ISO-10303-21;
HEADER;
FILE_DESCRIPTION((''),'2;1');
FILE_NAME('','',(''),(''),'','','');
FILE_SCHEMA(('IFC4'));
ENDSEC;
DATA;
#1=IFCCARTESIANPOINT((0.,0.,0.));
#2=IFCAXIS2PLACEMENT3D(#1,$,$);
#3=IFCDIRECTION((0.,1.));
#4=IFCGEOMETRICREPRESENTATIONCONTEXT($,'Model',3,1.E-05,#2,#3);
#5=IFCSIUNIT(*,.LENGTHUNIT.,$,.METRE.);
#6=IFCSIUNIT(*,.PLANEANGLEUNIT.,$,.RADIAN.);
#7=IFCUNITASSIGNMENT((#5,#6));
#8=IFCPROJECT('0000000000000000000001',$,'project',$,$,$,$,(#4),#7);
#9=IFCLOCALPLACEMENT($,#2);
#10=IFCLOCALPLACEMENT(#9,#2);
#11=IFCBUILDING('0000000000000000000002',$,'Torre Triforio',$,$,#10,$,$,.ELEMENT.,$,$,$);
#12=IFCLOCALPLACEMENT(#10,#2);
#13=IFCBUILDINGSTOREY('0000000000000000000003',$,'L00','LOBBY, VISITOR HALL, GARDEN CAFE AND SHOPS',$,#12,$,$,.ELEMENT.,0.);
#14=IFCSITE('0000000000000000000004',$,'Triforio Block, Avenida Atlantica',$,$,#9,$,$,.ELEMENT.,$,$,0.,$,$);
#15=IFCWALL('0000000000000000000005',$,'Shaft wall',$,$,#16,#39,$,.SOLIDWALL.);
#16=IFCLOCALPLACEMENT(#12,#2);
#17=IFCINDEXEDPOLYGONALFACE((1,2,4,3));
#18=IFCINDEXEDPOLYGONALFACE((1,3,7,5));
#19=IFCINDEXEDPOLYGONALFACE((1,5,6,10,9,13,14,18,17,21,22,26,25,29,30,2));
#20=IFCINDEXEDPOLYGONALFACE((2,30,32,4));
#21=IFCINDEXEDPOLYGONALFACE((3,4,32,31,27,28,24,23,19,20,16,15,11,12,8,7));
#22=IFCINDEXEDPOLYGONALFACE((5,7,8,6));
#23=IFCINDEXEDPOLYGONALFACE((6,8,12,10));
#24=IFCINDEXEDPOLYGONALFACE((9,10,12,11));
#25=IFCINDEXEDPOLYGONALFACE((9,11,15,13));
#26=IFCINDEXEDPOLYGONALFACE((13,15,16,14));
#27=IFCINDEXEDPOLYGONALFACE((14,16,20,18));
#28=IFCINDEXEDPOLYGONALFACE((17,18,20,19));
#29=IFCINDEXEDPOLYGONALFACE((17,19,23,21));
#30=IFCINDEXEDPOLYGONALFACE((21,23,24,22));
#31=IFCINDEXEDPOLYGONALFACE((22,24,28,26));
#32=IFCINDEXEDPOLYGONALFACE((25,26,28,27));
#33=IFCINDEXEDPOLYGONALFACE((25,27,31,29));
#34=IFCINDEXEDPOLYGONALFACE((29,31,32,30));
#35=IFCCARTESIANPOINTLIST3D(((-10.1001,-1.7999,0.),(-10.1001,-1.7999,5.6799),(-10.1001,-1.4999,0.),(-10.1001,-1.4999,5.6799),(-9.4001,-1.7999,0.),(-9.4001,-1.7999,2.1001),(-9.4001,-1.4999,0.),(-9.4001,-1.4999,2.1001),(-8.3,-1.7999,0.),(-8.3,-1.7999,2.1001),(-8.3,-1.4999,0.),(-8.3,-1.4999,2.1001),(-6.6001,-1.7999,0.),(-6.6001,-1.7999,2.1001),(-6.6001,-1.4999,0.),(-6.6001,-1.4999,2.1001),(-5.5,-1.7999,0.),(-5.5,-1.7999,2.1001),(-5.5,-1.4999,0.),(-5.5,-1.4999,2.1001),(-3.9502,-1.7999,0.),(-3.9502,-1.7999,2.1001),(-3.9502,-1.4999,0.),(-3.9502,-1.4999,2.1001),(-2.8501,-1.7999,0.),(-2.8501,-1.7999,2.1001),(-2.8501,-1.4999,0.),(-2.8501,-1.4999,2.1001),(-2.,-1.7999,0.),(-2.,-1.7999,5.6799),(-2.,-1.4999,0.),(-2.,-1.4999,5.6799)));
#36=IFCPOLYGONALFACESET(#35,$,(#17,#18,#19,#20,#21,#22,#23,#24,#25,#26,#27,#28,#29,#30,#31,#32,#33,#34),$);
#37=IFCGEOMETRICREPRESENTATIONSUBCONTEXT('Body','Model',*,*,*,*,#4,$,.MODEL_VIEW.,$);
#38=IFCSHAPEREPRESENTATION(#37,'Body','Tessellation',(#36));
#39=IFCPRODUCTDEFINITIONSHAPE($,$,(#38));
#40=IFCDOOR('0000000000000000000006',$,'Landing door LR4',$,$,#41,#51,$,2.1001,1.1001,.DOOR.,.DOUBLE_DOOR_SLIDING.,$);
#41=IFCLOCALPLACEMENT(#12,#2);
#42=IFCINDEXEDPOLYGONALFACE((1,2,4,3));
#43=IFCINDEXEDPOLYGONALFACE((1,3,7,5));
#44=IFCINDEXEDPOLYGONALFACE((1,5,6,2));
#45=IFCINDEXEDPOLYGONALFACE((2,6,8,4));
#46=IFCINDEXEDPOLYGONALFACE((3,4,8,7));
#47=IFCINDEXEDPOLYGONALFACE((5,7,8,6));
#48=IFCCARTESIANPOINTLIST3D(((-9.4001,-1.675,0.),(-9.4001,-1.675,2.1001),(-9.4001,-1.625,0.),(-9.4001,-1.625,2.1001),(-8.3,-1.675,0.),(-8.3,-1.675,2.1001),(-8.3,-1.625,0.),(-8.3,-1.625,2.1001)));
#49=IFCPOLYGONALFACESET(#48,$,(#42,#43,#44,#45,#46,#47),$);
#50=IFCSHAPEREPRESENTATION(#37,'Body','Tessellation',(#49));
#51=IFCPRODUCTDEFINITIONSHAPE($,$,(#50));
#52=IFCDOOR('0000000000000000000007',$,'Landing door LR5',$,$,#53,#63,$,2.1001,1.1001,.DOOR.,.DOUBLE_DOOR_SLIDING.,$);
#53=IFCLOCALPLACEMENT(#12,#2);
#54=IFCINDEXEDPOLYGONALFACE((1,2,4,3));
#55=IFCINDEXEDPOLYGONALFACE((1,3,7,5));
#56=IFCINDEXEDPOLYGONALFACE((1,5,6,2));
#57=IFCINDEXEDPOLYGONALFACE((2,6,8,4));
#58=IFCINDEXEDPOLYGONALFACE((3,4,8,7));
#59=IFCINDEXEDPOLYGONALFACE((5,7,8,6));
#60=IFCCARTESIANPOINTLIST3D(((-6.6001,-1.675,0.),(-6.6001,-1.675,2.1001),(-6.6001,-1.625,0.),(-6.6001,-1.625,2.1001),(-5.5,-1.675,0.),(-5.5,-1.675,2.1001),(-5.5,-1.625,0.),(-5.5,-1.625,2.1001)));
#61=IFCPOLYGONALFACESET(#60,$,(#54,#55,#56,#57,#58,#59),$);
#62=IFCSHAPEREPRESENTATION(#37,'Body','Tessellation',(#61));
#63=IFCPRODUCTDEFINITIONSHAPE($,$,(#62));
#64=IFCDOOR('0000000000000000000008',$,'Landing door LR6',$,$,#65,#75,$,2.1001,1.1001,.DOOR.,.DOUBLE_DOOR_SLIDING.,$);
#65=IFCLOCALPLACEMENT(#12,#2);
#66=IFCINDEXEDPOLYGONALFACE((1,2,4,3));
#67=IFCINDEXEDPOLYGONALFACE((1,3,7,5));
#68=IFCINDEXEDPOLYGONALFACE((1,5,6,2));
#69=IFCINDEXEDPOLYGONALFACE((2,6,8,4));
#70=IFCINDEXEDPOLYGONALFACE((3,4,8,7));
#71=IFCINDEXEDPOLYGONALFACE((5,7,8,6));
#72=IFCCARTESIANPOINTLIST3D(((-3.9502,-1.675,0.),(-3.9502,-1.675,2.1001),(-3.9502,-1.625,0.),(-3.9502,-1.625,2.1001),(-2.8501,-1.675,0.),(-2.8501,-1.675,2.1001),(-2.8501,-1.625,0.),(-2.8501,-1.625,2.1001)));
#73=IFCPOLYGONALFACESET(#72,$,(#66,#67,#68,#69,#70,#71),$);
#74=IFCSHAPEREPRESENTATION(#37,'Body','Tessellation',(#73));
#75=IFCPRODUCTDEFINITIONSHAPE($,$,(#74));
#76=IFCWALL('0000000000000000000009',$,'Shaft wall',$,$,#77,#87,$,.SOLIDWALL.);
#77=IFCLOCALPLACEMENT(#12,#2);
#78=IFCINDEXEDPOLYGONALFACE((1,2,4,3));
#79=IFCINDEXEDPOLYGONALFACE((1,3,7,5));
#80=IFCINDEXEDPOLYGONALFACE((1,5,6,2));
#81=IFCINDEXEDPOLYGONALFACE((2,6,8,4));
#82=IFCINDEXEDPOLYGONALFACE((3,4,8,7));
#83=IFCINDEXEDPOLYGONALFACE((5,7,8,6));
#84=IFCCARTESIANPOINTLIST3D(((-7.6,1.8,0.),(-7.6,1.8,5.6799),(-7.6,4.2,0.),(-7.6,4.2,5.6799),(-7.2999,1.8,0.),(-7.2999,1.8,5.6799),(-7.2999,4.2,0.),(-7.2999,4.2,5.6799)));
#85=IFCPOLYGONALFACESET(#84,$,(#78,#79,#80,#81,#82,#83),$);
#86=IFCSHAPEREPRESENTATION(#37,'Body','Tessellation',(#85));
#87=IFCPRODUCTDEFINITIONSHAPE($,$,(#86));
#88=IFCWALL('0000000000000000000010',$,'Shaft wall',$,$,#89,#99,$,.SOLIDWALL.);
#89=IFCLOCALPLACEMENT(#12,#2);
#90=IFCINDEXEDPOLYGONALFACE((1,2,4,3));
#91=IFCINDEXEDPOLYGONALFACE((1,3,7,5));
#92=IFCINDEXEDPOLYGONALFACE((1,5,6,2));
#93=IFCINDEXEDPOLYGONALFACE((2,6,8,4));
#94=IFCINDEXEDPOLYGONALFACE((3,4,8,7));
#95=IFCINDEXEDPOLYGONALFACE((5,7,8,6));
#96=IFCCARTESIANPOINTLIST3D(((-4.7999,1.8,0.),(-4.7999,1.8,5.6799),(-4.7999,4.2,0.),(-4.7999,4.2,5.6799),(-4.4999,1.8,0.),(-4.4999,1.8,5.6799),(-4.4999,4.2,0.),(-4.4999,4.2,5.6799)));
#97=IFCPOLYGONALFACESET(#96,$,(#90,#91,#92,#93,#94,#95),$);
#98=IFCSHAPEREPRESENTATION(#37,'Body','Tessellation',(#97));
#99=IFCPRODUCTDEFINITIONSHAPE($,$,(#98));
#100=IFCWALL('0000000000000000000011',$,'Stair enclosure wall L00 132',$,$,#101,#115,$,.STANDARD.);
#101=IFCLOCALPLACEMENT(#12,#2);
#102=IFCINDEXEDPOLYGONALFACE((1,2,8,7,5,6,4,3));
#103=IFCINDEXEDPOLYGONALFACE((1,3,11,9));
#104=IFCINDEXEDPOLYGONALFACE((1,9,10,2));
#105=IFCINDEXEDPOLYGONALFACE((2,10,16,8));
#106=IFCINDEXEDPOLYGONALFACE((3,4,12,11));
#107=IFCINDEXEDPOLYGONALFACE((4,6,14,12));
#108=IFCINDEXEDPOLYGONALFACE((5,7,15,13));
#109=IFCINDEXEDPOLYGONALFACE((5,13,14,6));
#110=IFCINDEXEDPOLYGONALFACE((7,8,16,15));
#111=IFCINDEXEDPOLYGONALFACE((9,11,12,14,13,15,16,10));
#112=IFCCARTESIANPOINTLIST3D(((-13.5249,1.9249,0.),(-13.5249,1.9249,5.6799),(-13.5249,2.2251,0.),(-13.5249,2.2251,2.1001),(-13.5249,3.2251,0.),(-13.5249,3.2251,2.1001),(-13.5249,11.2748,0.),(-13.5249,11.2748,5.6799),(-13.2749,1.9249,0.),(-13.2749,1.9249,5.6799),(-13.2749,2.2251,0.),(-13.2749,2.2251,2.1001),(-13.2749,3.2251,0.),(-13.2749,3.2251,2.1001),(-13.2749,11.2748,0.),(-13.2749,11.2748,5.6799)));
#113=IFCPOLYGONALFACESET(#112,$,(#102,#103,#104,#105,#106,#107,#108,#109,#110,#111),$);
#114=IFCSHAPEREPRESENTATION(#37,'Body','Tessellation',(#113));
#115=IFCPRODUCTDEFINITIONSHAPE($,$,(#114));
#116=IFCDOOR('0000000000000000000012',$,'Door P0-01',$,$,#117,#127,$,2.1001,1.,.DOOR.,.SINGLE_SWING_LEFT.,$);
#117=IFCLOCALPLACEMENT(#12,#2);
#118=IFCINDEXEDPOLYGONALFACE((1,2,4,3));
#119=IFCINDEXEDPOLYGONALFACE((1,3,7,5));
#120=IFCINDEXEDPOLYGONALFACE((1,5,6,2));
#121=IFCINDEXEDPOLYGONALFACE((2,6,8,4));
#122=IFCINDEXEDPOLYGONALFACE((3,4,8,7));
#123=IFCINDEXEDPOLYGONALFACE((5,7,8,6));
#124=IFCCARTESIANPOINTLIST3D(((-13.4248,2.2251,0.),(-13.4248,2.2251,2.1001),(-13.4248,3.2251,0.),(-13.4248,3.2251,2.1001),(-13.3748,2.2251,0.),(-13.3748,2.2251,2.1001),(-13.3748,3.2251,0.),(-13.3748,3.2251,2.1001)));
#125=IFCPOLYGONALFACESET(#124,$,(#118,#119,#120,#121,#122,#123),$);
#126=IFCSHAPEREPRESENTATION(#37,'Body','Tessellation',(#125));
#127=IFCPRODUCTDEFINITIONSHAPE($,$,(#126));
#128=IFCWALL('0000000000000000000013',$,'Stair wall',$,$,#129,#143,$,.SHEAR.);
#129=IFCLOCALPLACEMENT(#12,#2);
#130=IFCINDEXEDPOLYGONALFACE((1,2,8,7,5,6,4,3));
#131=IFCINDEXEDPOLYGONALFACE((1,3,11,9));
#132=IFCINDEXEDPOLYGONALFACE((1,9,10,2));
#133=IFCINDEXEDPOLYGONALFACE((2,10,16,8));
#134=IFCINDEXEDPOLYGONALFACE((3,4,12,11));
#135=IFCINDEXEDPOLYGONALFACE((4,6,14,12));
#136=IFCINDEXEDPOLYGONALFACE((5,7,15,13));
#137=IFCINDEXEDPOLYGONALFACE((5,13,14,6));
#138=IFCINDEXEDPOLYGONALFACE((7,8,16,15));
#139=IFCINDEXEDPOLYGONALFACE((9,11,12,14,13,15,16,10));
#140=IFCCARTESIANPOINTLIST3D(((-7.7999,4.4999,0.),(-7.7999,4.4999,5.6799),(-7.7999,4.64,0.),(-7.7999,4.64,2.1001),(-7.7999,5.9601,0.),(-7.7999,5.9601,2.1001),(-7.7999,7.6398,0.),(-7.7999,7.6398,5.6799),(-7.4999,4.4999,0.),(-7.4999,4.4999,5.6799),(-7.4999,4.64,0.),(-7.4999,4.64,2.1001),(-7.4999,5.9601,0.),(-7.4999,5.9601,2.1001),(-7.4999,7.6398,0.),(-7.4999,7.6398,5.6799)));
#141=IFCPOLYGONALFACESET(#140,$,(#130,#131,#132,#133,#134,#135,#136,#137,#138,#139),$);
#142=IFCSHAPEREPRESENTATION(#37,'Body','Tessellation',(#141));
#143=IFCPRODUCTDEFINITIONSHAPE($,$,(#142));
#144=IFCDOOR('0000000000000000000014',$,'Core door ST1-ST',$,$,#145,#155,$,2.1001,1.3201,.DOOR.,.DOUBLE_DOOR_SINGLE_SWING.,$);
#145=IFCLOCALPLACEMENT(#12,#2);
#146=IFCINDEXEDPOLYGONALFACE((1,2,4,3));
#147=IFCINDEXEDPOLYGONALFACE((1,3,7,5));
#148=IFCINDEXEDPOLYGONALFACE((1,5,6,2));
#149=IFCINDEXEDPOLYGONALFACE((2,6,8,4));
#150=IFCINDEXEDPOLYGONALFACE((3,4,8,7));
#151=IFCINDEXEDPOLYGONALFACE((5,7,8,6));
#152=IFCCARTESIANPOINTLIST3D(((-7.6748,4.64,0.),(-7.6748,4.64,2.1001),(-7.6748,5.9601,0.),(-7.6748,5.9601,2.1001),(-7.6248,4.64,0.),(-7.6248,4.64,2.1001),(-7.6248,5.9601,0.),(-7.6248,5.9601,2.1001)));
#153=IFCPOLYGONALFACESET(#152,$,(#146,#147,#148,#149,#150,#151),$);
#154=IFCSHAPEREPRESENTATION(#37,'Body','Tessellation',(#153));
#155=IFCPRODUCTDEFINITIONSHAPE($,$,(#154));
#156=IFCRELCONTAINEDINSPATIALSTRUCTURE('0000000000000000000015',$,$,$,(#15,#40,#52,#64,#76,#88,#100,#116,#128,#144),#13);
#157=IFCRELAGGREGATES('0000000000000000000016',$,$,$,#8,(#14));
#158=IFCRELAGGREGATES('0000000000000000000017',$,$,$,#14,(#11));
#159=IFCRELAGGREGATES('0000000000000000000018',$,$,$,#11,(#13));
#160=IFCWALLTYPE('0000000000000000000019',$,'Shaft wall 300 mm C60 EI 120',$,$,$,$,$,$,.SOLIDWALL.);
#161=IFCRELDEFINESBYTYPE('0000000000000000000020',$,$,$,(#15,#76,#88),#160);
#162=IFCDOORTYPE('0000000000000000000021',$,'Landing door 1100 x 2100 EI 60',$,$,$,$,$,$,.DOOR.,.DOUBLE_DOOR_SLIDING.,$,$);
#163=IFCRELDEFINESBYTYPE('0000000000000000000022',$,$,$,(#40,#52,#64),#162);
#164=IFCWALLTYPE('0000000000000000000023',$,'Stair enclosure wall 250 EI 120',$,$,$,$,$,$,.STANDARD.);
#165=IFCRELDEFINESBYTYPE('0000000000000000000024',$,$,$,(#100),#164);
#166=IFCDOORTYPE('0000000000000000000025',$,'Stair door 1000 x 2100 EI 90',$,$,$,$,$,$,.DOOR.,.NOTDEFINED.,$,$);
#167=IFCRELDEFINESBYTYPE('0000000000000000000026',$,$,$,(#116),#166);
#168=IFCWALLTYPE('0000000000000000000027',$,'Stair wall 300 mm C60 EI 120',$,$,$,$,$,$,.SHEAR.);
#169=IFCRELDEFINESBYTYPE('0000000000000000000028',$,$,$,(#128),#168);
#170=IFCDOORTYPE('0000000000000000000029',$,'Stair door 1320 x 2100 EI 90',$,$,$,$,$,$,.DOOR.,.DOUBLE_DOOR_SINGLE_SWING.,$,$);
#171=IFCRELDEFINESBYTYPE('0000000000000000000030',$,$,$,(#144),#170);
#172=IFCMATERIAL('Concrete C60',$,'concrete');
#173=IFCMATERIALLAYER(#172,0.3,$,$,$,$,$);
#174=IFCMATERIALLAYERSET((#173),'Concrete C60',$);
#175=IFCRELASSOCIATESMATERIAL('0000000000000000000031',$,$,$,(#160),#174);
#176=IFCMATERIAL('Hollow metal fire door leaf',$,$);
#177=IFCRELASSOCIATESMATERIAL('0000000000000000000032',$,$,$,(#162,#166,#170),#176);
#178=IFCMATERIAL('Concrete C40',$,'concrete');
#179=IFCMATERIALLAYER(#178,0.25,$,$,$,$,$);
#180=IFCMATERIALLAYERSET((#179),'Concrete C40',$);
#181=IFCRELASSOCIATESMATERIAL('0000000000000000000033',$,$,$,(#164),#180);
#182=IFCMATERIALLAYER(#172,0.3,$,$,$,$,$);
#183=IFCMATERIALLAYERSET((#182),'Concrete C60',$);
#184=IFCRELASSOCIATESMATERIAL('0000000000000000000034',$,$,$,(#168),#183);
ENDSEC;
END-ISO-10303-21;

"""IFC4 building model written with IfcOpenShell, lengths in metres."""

from ifc_helpers import new_model, si_unit, direction, frame, frame_2d, origin, place, context, subcontext, project, spatial, rectangle, extrude, material, layer, layer_set, type_object, element, fill, save


model = new_model("IFC4")

# Units and contexts
model_context = context("Model", 3, precision=1e-05, world=origin(), true_north=direction((0.0, 1.0)))
body_context = subcontext(model_context, "Body", "Model", "MODEL_VIEW")
ifc_project = project(units=[si_unit("LENGTHUNIT", "METRE"), si_unit("PLANEANGLEUNIT", "RADIAN")], contexts=[model_context])

# Site, building, storey
site_placement = place(None, origin())
site = spatial("IfcSite", under=ifc_project, at=site_placement, Name="Triforio Block, Avenida Atlantica", CompositionType="ELEMENT", RefElevation=0.0)
building_placement = place(site_placement, origin())
building = spatial("IfcBuilding", under=site, at=building_placement, Name="Torre Triforio", CompositionType="ELEMENT")
storey_placement = place(building_placement, origin())
storey = spatial("IfcBuildingStorey", under=building, at=storey_placement, Name="L00", Description="LOBBY, VISITOR HALL, GARDEN CAFE AND SHOPS", CompositionType="ELEMENT", Elevation=0.0)

# Shared definitions
ifc_material_1 = material(Name="Concrete C60", Category="concrete")
ifc_material_2 = material(Name="Hollow metal fire door leaf")

# Shared definitions
ifc_layer_1 = layer(ifc_material_1, 0.3)
ifc_layer_set_1 = layer_set([ifc_layer_1], Name="Concrete C60")
wall_type_1 = type_object("IfcWallType", Name="Shaft wall 300 mm C60 EI 120", PredefinedType="SOLIDWALL", material=ifc_layer_set_1)

# Wall, openings, doors
door_type_1 = type_object("IfcDoorType", Name="Landing door 1100 x 2100 EI 60", OperationType="DOUBLE_DOOR_SLIDING", PredefinedType="DOOR", material=ifc_material_2)
wall_1_placement = place(storey_placement, frame((-10.1001, -1.6499, 0.0), z_axis=(0.0, 0.0, 1.0), x_axis=(1.0, 0.0, 0.0)))
wall_1 = element("IfcWall", 1, at=wall_1_placement, inside=storey, type_object=wall_type_1, Name="Shaft wall", PredefinedType="SOLIDWALL", context=body_context, shape_type="SweptSolid", body=[
    extrude(rectangle(XDim=8.1001, YDim=0.3, at=frame_2d((4.05, 0.0))), origin(), (0.0, 0.0, 1.0), 5.6799),
])
opening_1_placement = place(wall_1_placement, frame((0.7, 0.0, 0.0)))
opening_1 = element("IfcOpeningElement", 2, at=opening_1_placement, cuts=wall_1, PredefinedType="OPENING", context=body_context, shape_type="SweptSolid", body=[
    extrude(rectangle(XDim=1.1001, YDim=2.1001, at=frame_2d((0.55, 1.05))), frame((0.0, 0.1599, 0.0), z_axis=(0.0, -1.0, 0.0), x_axis=(1.0, 0.0, 0.0)), (0.0, 0.0, 1.0), 0.3201),
])
opening_2_placement = place(wall_1_placement, frame((3.5, 0.0, 0.0)))
opening_2 = element("IfcOpeningElement", 3, at=opening_2_placement, cuts=wall_1, PredefinedType="OPENING", context=body_context, shape_type="SweptSolid", body=[
    extrude(rectangle(XDim=1.1001, YDim=2.1001, at=frame_2d((0.55, 1.05))), frame((0.0, 0.1599, 0.0), z_axis=(0.0, -1.0, 0.0), x_axis=(1.0, 0.0, 0.0)), (0.0, 0.0, 1.0), 0.3201),
])
opening_3_placement = place(wall_1_placement, frame((6.1499, 0.0, 0.0)))
opening_3 = element("IfcOpeningElement", 4, at=opening_3_placement, cuts=wall_1, PredefinedType="OPENING", context=body_context, shape_type="SweptSolid", body=[
    extrude(rectangle(XDim=1.1001, YDim=2.1001, at=frame_2d((0.55, 1.05))), frame((0.0, 0.1599, 0.0), z_axis=(0.0, -1.0, 0.0), x_axis=(1.0, 0.0, 0.0)), (0.0, 0.0, 1.0), 0.3201),
])
door_1_placement = place(opening_1_placement, origin())
door_1 = element("IfcDoor", 5, at=door_1_placement, inside=storey, type_object=door_type_1, Name="Landing door LR4", OperationType="DOUBLE_DOOR_SLIDING", OverallHeight=2.1001, OverallWidth=1.1001, PredefinedType="DOOR", context=body_context, shape_type="SweptSolid", body=[
    extrude(rectangle(XDim=1.1001, YDim=2.1001, at=frame_2d((0.55, 1.05))), frame((0.0, 0.0249, 0.0), z_axis=(0.0, -1.0, 0.0), x_axis=(1.0, 0.0, 0.0)), (0.0, 0.0, 1.0), 0.05),
])
fill(opening_1, door_1)
door_2_placement = place(opening_2_placement, origin())
door_2 = element("IfcDoor", 6, at=door_2_placement, inside=storey, type_object=door_type_1, Name="Landing door LR5", OperationType="DOUBLE_DOOR_SLIDING", OverallHeight=2.1001, OverallWidth=1.1001, PredefinedType="DOOR", context=body_context, shape_type="SweptSolid", body=[
    extrude(rectangle(XDim=1.1001, YDim=2.1001, at=frame_2d((0.55, 1.05))), frame((0.0, 0.0249, 0.0), z_axis=(0.0, -1.0, 0.0), x_axis=(1.0, 0.0, 0.0)), (0.0, 0.0, 1.0), 0.05),
])
fill(opening_2, door_2)
door_3_placement = place(opening_3_placement, origin())
door_3 = element("IfcDoor", 7, at=door_3_placement, inside=storey, type_object=door_type_1, Name="Landing door LR6", OperationType="DOUBLE_DOOR_SLIDING", OverallHeight=2.1001, OverallWidth=1.1001, PredefinedType="DOOR", context=body_context, shape_type="SweptSolid", body=[
    extrude(rectangle(XDim=1.1001, YDim=2.1001, at=frame_2d((0.55, 1.05))), frame((0.0, 0.0249, 0.0), z_axis=(0.0, -1.0, 0.0), x_axis=(1.0, 0.0, 0.0)), (0.0, 0.0, 1.0), 0.05),
])
fill(opening_3, door_3)

# Walls
for number, where, z_axis, x_axis, name in (
    (8, (-7.45, 1.8, 0.0), (0.0, 0.0, 1.0), (0.0, 1.0, 0.0), "Shaft wall"),
    (9, (-4.6499, 1.8, 0.0), (0.0, 0.0, 1.0), (0.0, 1.0, 0.0), "Shaft wall"),
):
    element("IfcWall", number, at=place(storey_placement, frame(where, z_axis=z_axis, x_axis=x_axis)), inside=storey, type_object=wall_type_1, Name=name, PredefinedType="SOLIDWALL", context=body_context, shape_type="SweptSolid", body=[
        extrude(rectangle(XDim=2.3999, YDim=0.3, at=frame_2d((1.2, 0.0))), origin(), (0.0, 0.0, 1.0), 5.6799),
    ])

# Walls, openings, doors
ifc_material_3 = material(Name="Concrete C40", Category="concrete")
ifc_layer_2 = layer(ifc_material_3, 0.25)
ifc_layer_set_2 = layer_set([ifc_layer_2], Name="Concrete C40")
wall_type_2 = type_object("IfcWallType", Name="Stair enclosure wall 250 EI 120", PredefinedType="STANDARD", material=ifc_layer_set_2)
wall_2_placement = place(storey_placement, frame((-13.3999, 1.925, 0.0), z_axis=(0.0, 0.0, 1.0), x_axis=(0.0, 1.0, 0.0)))
wall_2 = element("IfcWall", 10, at=wall_2_placement, inside=storey, type_object=wall_type_2, Name="Stair enclosure wall L00 132", PredefinedType="STANDARD", context=body_context, shape_type="SweptSolid", body=[
    extrude(rectangle(XDim=9.3499, YDim=0.25, at=frame_2d((4.6748, 0.0))), origin(), (0.0, 0.0, 1.0), 5.6799),
])
opening_4_placement = place(wall_2_placement, frame((0.3, 0.0, 0.0)))
opening_4 = element("IfcOpeningElement", 11, at=opening_4_placement, cuts=wall_2, PredefinedType="OPENING", context=body_context, shape_type="SweptSolid", body=[
    extrude(rectangle(XDim=1.0, YDim=2.1001, at=frame_2d((0.5, 1.05))), frame((0.0, 0.135, 0.0), z_axis=(0.0, -1.0, 0.0), x_axis=(1.0, 0.0, 0.0)), (0.0, 0.0, 1.0), 0.27),
])
door_type_2 = type_object("IfcDoorType", Name="Stair door 1000 x 2100 EI 90", OperationType="NOTDEFINED", PredefinedType="DOOR", material=ifc_material_2)
door_4_placement = place(opening_4_placement, origin())
door_4 = element("IfcDoor", 12, at=door_4_placement, inside=storey, type_object=door_type_2, Name="Door P0-01", OperationType="SINGLE_SWING_LEFT", OverallHeight=2.1001, OverallWidth=1.0, PredefinedType="DOOR", context=body_context, shape_type="SweptSolid", body=[
    extrude(rectangle(XDim=1.0, YDim=2.1001, at=frame_2d((0.5, 1.05))), frame((0.0, 0.0249, 0.0), z_axis=(0.0, -1.0, 0.0), x_axis=(1.0, 0.0, 0.0)), (0.0, 0.0, 1.0), 0.05),
])
fill(opening_4, door_4)
ifc_layer_3 = layer(ifc_material_1, 0.3)
ifc_layer_set_3 = layer_set([ifc_layer_3], Name="Concrete C60")
wall_type_3 = type_object("IfcWallType", Name="Stair wall 300 mm C60 EI 120", PredefinedType="SHEAR", material=ifc_layer_set_3)
wall_3_placement = place(storey_placement, frame((-7.6499, 4.5, 0.0), z_axis=(0.0, 0.0, 1.0), x_axis=(0.0, 1.0, 0.0)))
wall_3 = element("IfcWall", 13, at=wall_3_placement, inside=storey, type_object=wall_type_3, Name="Stair wall", PredefinedType="SHEAR", context=body_context, shape_type="SweptSolid", body=[
    extrude(rectangle(XDim=3.1399, YDim=0.3, at=frame_2d((1.5698, 0.0))), origin(), (0.0, 0.0, 1.0), 5.6799),
])
opening_5_placement = place(wall_3_placement, frame((0.1399, 0.0, 0.0)))
opening_5 = element("IfcOpeningElement", 14, at=opening_5_placement, cuts=wall_3, PredefinedType="OPENING", context=body_context, shape_type="SweptSolid", body=[
    extrude(rectangle(XDim=1.3201, YDim=2.1001, at=frame_2d((0.6602, 1.05))), frame((0.0, 0.1599, 0.0), z_axis=(0.0, -1.0, 0.0), x_axis=(1.0, 0.0, 0.0)), (0.0, 0.0, 1.0), 0.3201),
])
door_type_3 = type_object("IfcDoorType", Name="Stair door 1320 x 2100 EI 90", OperationType="DOUBLE_DOOR_SINGLE_SWING", PredefinedType="DOOR", material=ifc_material_2)
door_5_placement = place(opening_5_placement, origin())
door_5 = element("IfcDoor", 15, at=door_5_placement, inside=storey, type_object=door_type_3, Name="Core door ST1-ST", OperationType="DOUBLE_DOOR_SINGLE_SWING", OverallHeight=2.1001, OverallWidth=1.3201, PredefinedType="DOOR", context=body_context, shape_type="SweptSolid", body=[
    extrude(rectangle(XDim=1.3201, YDim=2.1001, at=frame_2d((0.6602, 1.05))), frame((0.0, 0.0249, 0.0), z_axis=(0.0, -1.0, 0.0), x_axis=(1.0, 0.0, 0.0)), (0.0, 0.0, 1.0), 0.05),
])
fill(opening_5, door_5)

save(model, "model.ifc")
